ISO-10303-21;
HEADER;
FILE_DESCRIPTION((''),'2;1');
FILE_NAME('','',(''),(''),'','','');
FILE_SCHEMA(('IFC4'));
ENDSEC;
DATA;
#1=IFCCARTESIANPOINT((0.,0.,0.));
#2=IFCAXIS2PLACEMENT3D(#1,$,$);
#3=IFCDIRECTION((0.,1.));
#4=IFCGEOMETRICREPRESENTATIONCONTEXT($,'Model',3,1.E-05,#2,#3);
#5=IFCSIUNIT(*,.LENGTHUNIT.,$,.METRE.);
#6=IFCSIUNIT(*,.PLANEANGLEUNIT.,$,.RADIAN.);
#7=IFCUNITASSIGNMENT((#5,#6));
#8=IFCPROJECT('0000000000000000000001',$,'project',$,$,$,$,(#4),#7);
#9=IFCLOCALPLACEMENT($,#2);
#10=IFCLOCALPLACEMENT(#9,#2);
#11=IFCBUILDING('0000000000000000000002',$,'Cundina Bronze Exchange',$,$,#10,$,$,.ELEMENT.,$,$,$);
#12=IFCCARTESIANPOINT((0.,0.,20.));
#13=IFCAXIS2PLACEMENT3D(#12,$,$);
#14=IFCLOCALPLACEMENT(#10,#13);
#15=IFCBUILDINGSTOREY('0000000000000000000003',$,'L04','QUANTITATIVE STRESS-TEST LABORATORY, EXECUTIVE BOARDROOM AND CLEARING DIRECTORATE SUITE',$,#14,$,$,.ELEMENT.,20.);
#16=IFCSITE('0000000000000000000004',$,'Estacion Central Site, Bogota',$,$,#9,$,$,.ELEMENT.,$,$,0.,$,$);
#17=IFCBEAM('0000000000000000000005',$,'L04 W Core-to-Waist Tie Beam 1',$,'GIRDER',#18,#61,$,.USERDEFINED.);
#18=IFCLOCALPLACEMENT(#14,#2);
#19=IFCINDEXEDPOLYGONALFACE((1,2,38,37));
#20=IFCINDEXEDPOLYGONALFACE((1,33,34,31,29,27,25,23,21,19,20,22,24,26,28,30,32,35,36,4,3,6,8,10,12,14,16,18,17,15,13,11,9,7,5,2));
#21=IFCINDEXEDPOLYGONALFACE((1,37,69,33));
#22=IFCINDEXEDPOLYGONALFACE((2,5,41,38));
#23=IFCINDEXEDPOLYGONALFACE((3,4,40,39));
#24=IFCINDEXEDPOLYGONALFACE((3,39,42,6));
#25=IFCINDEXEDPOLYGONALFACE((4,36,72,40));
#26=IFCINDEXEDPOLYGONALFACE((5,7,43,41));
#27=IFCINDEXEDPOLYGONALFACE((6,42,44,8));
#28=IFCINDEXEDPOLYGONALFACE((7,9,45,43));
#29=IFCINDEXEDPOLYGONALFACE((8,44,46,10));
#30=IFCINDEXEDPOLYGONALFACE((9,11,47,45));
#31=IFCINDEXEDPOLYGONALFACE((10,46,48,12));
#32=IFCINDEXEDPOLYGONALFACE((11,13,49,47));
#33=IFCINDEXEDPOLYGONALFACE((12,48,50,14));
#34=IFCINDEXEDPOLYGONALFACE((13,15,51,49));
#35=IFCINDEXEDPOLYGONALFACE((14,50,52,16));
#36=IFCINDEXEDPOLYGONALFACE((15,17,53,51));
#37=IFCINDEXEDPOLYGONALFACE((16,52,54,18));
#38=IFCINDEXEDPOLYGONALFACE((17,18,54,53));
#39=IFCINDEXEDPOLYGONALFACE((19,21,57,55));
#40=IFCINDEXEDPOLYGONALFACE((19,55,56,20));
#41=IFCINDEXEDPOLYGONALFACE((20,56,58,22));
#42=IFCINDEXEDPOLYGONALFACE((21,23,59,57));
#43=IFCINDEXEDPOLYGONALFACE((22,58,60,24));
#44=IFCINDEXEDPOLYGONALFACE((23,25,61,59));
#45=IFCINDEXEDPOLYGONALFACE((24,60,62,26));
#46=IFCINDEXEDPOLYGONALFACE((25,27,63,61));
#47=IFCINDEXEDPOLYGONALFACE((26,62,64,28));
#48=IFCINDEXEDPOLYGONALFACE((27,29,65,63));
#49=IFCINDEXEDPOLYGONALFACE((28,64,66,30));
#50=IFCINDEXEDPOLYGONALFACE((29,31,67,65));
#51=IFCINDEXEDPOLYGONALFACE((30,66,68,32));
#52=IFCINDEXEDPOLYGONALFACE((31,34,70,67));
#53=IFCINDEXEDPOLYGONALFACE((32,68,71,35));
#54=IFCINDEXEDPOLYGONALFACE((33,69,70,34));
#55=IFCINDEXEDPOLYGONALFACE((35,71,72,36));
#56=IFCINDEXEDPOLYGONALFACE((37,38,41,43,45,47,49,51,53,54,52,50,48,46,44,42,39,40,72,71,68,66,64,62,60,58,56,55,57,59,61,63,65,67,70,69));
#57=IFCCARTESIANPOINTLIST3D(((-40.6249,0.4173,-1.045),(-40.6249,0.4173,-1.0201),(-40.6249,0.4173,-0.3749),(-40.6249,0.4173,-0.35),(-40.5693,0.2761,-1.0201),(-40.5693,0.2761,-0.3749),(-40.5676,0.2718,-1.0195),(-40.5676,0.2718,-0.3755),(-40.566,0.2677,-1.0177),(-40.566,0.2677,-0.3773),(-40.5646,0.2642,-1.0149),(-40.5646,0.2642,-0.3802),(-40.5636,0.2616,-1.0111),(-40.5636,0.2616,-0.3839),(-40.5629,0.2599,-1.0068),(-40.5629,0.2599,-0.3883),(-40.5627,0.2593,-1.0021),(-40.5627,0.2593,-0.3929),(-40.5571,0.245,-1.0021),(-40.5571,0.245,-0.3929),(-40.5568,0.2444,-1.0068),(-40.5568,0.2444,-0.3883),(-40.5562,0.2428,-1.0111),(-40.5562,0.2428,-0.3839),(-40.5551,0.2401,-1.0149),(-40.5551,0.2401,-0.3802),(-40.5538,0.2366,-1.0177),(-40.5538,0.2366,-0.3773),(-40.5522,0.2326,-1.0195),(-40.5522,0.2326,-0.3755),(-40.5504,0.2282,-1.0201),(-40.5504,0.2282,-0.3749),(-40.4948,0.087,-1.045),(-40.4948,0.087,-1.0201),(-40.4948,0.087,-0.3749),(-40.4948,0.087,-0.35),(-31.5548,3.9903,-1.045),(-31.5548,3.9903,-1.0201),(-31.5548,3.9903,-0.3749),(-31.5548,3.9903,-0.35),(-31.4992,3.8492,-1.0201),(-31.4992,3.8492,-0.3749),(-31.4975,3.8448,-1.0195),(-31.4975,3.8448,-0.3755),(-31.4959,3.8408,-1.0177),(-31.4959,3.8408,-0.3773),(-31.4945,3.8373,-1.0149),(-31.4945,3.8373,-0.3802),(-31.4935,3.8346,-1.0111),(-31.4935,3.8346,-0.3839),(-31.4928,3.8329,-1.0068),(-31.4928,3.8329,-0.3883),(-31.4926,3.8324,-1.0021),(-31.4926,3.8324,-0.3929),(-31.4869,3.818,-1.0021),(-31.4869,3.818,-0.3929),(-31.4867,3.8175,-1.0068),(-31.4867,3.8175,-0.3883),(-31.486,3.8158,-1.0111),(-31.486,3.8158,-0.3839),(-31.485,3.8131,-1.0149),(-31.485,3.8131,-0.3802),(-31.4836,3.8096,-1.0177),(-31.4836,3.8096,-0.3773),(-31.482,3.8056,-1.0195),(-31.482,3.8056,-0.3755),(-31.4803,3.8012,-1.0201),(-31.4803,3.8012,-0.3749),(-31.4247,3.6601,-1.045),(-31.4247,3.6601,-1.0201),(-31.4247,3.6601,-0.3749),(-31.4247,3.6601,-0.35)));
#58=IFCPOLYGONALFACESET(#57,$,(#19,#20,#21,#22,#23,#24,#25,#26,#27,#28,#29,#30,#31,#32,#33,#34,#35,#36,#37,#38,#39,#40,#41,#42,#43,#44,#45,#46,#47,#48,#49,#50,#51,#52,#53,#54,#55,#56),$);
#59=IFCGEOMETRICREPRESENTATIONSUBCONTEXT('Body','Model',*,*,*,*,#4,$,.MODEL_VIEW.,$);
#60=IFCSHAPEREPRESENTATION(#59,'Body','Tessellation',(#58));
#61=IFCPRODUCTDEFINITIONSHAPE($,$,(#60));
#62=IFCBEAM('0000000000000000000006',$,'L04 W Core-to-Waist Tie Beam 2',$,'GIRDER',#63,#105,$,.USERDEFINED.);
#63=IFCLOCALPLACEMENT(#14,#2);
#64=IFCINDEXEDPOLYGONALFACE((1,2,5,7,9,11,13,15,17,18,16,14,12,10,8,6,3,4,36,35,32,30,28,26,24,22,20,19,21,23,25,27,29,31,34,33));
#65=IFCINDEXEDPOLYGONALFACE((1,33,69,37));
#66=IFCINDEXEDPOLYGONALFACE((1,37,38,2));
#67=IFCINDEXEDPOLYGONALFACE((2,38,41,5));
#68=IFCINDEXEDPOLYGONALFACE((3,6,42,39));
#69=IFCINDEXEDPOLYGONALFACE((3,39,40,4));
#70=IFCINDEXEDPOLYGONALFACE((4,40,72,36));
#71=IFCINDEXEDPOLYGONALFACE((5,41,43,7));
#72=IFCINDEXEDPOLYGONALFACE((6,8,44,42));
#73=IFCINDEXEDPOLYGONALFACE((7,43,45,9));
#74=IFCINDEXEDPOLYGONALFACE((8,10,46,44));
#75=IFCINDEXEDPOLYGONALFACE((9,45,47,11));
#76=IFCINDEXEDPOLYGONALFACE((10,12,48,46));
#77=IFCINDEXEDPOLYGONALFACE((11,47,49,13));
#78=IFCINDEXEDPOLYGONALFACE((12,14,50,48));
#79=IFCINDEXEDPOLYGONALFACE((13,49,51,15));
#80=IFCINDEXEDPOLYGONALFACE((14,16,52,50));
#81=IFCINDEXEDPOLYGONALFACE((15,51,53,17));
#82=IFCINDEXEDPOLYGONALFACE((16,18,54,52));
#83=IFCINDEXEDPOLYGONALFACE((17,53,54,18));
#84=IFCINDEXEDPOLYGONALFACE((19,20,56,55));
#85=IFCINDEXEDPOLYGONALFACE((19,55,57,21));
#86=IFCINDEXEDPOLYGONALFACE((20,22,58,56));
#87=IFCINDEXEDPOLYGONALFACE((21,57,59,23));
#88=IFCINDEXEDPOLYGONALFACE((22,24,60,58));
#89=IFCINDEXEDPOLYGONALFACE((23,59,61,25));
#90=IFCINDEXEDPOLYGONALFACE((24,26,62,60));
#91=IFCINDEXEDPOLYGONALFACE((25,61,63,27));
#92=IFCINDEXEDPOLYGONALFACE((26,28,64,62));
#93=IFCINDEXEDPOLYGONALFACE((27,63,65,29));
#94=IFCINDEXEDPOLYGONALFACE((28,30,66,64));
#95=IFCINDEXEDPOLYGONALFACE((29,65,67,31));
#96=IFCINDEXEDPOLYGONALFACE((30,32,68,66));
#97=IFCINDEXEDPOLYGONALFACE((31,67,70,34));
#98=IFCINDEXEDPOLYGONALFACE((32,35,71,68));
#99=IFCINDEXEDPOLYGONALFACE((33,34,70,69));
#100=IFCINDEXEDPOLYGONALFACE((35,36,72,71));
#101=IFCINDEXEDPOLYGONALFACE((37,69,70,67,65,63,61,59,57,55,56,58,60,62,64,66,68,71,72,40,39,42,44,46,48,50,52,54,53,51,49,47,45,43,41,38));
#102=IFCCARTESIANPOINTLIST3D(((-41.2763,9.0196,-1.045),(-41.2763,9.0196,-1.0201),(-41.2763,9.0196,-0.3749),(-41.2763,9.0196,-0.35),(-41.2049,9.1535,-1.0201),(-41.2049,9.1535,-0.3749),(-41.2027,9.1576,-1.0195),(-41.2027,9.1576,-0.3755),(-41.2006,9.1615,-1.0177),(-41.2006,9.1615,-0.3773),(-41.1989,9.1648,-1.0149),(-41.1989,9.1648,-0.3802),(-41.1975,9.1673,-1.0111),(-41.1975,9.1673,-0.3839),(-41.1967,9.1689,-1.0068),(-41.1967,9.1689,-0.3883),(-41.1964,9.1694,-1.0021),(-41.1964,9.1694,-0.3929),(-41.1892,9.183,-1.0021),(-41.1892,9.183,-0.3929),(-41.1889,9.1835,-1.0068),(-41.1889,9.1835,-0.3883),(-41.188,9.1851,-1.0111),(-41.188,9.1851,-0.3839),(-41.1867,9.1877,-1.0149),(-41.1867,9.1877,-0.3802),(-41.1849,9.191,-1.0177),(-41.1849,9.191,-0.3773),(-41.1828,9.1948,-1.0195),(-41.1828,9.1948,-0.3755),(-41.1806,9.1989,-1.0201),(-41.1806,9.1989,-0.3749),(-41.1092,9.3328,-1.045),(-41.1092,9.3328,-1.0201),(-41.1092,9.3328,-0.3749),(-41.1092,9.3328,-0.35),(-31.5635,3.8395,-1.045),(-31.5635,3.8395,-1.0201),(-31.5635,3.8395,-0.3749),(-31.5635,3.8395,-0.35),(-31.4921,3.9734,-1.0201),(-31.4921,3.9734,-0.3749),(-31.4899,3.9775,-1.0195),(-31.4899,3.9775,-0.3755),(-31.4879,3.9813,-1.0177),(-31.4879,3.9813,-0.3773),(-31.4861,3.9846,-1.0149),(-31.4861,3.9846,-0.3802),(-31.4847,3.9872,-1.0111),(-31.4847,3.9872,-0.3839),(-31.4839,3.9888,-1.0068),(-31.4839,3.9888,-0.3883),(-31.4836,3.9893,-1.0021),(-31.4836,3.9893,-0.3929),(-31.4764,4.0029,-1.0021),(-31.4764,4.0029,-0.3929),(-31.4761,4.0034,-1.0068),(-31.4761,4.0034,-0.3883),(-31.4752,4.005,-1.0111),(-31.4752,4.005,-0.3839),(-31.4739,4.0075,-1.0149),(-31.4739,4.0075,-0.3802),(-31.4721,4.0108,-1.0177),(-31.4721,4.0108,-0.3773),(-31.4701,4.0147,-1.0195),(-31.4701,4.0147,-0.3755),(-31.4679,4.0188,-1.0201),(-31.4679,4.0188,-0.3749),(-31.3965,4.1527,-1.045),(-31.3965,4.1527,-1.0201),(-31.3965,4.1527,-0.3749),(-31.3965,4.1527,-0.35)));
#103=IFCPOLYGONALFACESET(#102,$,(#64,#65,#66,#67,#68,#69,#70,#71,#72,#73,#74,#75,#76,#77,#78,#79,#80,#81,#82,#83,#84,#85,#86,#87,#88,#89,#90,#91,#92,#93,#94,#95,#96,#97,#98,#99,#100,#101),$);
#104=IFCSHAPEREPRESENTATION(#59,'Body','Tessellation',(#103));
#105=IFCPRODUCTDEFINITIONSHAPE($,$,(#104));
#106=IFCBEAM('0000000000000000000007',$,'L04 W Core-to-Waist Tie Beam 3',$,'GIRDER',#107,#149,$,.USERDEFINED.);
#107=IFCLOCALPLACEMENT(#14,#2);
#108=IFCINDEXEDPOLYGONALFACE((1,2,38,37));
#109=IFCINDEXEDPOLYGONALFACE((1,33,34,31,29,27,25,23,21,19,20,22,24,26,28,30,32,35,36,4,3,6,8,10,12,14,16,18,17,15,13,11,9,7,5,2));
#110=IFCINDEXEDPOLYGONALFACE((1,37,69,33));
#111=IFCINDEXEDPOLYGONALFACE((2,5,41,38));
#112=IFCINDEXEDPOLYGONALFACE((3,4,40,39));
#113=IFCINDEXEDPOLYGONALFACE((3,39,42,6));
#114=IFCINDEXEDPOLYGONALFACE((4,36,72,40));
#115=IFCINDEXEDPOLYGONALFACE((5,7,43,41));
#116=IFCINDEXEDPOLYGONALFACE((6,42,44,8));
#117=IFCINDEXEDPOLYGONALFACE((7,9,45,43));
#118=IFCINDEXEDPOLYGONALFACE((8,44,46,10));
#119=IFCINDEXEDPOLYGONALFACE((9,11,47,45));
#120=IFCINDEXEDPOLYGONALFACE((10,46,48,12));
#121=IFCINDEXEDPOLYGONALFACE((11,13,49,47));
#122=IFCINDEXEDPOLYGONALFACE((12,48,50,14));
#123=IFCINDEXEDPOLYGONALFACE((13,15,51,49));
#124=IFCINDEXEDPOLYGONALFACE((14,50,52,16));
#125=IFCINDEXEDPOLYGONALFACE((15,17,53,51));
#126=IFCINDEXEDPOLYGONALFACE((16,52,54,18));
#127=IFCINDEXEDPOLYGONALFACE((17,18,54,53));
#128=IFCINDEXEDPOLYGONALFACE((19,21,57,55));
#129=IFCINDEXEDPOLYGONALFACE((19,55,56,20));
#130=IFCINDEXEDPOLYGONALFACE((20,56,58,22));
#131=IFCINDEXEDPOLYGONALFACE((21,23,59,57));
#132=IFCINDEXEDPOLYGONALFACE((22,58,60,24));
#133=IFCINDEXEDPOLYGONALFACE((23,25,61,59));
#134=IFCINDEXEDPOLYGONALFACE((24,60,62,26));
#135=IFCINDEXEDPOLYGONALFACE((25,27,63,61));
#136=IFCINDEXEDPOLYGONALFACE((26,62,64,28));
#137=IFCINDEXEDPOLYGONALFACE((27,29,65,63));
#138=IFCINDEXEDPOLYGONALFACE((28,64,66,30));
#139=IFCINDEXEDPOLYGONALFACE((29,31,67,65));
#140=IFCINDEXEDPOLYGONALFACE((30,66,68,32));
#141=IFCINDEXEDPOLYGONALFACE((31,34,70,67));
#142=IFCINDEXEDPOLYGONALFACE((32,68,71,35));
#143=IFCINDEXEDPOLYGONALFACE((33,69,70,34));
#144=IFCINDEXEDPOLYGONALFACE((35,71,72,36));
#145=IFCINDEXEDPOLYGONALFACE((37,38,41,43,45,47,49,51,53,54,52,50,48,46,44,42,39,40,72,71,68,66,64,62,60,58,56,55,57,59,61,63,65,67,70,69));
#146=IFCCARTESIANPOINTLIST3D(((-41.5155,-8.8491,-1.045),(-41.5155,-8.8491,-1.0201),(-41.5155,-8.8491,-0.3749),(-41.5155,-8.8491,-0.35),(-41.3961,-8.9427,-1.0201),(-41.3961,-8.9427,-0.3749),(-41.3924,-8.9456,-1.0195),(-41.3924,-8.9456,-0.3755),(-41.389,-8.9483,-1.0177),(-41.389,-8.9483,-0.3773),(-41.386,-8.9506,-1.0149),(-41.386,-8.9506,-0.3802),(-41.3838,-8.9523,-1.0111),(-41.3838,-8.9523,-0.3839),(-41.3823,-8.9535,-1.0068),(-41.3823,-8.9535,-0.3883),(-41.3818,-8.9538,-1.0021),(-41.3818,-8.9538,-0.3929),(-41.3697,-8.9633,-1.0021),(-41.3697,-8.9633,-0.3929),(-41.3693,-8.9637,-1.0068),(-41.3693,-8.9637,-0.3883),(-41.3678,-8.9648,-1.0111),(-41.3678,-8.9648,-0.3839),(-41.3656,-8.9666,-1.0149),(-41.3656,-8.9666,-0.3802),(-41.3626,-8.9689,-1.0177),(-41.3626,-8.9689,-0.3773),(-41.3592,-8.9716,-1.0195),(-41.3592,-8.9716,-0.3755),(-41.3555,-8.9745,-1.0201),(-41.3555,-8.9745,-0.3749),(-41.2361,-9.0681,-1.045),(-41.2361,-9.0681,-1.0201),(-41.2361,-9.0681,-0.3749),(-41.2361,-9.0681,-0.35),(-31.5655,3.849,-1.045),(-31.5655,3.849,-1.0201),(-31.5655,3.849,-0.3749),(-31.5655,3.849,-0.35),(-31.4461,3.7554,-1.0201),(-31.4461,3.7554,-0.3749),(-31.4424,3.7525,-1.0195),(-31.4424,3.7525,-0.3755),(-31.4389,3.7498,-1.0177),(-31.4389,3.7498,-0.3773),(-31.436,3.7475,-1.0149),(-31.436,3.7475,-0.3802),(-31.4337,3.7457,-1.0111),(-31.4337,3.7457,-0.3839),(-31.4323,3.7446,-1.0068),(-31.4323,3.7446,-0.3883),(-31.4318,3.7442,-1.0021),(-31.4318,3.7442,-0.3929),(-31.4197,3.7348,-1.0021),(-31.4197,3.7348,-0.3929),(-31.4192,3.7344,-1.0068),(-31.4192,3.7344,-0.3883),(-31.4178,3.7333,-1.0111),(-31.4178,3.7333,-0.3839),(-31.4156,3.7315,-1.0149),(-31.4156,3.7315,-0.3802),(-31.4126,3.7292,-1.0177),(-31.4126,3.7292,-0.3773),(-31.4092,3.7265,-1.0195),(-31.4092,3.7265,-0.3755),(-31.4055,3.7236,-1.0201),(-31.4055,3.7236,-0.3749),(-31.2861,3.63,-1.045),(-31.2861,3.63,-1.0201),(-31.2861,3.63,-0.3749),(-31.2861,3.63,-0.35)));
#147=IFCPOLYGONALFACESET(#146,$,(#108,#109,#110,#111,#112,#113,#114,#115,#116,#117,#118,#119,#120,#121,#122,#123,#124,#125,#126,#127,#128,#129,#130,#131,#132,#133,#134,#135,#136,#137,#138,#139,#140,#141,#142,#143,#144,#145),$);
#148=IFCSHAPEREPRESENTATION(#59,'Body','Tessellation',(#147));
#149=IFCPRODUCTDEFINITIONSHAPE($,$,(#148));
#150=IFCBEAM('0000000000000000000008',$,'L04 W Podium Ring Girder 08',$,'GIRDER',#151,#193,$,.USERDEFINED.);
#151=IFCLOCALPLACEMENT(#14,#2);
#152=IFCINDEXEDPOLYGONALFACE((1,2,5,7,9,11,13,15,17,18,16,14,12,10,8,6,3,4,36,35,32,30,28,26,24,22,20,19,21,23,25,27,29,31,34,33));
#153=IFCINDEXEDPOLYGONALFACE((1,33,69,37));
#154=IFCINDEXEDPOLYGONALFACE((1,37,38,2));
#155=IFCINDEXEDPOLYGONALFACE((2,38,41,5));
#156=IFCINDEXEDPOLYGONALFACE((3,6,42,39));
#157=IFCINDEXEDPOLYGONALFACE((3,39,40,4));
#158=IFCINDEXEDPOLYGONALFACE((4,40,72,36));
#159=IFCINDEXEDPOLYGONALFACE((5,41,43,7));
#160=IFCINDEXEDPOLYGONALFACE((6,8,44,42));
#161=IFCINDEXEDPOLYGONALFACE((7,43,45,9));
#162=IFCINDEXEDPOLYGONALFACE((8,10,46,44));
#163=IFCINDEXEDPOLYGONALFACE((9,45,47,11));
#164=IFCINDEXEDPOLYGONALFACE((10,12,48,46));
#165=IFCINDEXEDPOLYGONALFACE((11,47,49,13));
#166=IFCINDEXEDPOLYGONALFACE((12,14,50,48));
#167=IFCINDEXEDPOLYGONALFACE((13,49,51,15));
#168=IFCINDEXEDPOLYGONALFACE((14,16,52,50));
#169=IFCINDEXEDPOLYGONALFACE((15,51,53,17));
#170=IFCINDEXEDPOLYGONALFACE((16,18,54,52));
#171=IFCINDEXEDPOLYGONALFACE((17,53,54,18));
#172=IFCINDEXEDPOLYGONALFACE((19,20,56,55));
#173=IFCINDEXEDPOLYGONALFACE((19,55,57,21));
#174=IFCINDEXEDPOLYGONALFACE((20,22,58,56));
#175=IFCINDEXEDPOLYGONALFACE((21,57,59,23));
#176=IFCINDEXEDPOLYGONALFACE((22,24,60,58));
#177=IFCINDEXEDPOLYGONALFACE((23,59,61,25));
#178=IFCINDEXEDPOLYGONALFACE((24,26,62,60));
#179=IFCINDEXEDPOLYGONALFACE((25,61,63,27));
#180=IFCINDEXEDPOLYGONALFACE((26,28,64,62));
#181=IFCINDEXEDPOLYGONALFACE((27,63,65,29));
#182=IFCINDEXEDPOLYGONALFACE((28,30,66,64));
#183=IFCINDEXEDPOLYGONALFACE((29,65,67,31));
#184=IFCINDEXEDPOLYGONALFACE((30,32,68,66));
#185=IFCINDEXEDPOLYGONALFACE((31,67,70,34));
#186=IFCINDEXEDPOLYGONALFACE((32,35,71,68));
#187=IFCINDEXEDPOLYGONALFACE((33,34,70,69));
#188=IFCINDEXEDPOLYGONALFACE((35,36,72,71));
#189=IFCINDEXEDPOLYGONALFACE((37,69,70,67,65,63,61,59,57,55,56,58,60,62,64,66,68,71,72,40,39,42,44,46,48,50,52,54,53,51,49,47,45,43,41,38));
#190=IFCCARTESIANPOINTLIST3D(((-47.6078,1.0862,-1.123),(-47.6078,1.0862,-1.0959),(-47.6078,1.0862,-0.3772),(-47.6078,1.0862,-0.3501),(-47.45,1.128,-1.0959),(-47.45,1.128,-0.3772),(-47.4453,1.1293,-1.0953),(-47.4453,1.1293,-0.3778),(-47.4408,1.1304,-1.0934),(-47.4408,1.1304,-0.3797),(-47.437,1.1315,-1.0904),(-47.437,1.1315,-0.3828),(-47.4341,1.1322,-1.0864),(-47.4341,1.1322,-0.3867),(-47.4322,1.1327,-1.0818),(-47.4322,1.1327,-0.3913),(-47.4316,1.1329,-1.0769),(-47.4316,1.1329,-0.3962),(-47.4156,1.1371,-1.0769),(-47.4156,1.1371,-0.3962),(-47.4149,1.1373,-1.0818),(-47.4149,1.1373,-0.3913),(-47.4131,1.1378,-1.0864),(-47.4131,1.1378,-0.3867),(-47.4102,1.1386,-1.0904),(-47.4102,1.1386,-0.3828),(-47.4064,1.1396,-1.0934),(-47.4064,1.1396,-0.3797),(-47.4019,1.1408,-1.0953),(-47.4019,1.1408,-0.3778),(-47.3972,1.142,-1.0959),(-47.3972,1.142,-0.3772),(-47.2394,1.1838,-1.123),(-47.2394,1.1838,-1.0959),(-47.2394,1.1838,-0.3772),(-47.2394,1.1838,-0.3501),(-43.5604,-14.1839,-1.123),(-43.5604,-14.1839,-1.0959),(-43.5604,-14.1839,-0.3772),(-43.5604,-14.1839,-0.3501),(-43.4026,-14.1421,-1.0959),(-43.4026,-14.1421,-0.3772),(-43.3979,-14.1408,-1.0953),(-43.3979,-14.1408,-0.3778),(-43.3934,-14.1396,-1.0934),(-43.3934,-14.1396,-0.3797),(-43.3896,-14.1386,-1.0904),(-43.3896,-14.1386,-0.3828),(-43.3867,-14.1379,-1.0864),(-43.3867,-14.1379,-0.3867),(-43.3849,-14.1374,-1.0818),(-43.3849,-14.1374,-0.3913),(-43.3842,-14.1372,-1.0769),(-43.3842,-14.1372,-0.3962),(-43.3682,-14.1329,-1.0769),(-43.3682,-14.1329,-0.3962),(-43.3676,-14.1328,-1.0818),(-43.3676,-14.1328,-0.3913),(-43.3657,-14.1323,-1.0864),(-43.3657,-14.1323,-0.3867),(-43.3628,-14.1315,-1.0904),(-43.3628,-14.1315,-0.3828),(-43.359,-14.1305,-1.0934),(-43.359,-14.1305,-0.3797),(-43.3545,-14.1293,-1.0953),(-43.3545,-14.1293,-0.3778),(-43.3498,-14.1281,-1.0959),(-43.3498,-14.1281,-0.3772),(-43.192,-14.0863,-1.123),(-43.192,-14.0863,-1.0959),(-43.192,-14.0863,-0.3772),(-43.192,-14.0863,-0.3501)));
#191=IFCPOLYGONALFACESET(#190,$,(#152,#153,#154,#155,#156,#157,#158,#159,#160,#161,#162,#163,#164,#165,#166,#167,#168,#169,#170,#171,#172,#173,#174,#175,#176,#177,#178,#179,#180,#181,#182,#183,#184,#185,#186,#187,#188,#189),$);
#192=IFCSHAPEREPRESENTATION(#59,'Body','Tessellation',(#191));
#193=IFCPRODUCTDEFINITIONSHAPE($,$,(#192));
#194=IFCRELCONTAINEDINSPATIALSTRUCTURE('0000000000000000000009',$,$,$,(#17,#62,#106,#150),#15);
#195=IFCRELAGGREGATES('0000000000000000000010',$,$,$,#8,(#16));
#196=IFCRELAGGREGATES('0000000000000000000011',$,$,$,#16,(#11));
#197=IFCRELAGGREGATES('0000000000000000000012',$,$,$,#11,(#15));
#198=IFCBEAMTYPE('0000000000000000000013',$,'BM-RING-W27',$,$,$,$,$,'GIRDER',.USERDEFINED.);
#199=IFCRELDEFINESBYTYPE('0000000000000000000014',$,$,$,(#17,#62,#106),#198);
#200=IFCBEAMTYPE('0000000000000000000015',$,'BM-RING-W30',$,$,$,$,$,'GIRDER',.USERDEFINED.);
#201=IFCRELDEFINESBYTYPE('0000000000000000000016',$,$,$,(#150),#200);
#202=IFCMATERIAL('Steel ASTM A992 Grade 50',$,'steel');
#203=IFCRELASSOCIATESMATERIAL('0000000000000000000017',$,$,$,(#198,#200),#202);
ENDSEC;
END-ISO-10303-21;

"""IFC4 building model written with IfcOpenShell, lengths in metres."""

from ifc_helpers import new_model, si_unit, direction, frame, origin, origin_2d, place, context, subcontext, project, spatial, i_section, extrude, material, material_profile, profile_set, type_object, element, save


model = new_model("IFC4")

# Units and contexts
model_context = context("Model", 3, precision=1e-05, world=origin(), true_north=direction((0.0, 1.0)))
body_context = subcontext(model_context, "Body", "Model", "MODEL_VIEW")
ifc_project = project(units=[si_unit("LENGTHUNIT", "METRE"), si_unit("PLANEANGLEUNIT", "RADIAN")], contexts=[model_context])

# Site, building, storey
site_placement = place(None, origin())
site = spatial("IfcSite", under=ifc_project, at=site_placement, Name="Estacion Central Site, Bogota", CompositionType="ELEMENT", RefElevation=0.0)
building_placement = place(site_placement, origin())
building = spatial("IfcBuilding", under=site, at=building_placement, Name="Cundina Bronze Exchange", CompositionType="ELEMENT")
storey_placement = place(building_placement, frame((0.0, 0.0, 20.0)))
storey = spatial("IfcBuildingStorey", under=building, at=storey_placement, Name="L04", Description="QUANTITATIVE STRESS-TEST LABORATORY, EXECUTIVE BOARDROOM AND CLEARING DIRECTORATE SUITE", CompositionType="ELEMENT", Elevation=20.0)

# Shared definitions
ifc_material_1 = material(Name="Steel ASTM A992 Grade 50", Category="steel")

# Beams
ifc_material_profile_1 = material_profile(ifc_material_1, i_section(OverallWidth=0.355, OverallDepth=0.6951, WebThickness=0.0154, FlangeThickness=0.0249, FilletRadius=0.0181, at=origin_2d()), Name="W27X146", Category="steel")
ifc_profile_set_1 = profile_set([ifc_material_profile_1], Name="Steel ASTM A992 Grade 50")
beam_type_1 = type_object("IfcBeamType", Name="BM-RING-W27", ElementType="GIRDER", PredefinedType="USERDEFINED", material=ifc_profile_set_1)
beam_1_placement = place(storey_placement, frame((-31.4897, 3.8252, -0.6975), z_axis=(-0.93041, -0.366519, 0.0), x_axis=(0.366519, -0.93041, 0.0)))
element("IfcBeam", 1, at=beam_1_placement, inside=storey, type_object=beam_type_1, Name="L04 W Core-to-Waist Tie Beam 1", ObjectType="GIRDER", PredefinedType="USERDEFINED", context=body_context, shape_type="SweptSolid", body=[
    extrude(i_section(OverallWidth=0.355, OverallDepth=0.6951, WebThickness=0.0154, FlangeThickness=0.0249, FilletRadius=0.0181, at=origin_2d()), origin(), (0.0, 0.0, 1.0), 9.7485),
])
beam_2_placement = place(storey_placement, frame((-31.48, 3.9961, -0.6975), z_axis=(-0.882354, 0.470586, 0.0), x_axis=(-0.470586, -0.882354, 0.0)))
element("IfcBeam", 2, at=beam_2_placement, inside=storey, type_object=beam_type_1, Name="L04 W Core-to-Waist Tie Beam 2", ObjectType="GIRDER", PredefinedType="USERDEFINED", context=body_context, shape_type="SweptSolid", body=[
    extrude(i_section(OverallWidth=0.355, OverallDepth=0.6951, WebThickness=0.0154, FlangeThickness=0.0249, FilletRadius=0.0181, at=origin_2d()), origin(), (0.0, 0.0, 1.0), 11.0078),
])
beam_3_placement = place(storey_placement, frame((-31.4258, 3.7395, -0.6975), z_axis=(-0.616784, -0.787132, 0.0), x_axis=(0.787132, -0.616784, 0.0)))
element("IfcBeam", 3, at=beam_3_placement, inside=storey, type_object=beam_type_1, Name="L04 W Core-to-Waist Tie Beam 3", ObjectType="GIRDER", PredefinedType="USERDEFINED", context=body_context, shape_type="SweptSolid", body=[
    extrude(i_section(OverallWidth=0.355, OverallDepth=0.6951, WebThickness=0.0154, FlangeThickness=0.0249, FilletRadius=0.0181, at=origin_2d()), origin(), (0.0, 0.0, 1.0), 16.1321),
])
ifc_material_profile_2 = material_profile(ifc_material_1, i_section(OverallWidth=0.3811, OverallDepth=0.7729, WebThickness=0.0166, FlangeThickness=0.0271, FilletRadius=0.019, at=origin_2d()), Name="W30X173", Category="steel")
ifc_profile_set_2 = profile_set([ifc_material_profile_2], Name="Steel ASTM A992 Grade 50")
beam_type_2 = type_object("IfcBeamType", Name="BM-RING-W30", ElementType="GIRDER", PredefinedType="USERDEFINED", material=ifc_profile_set_2)
beam_4_placement = place(storey_placement, frame((-47.4236, 1.135, -0.7366), z_axis=(0.256206, -0.966622, 0.0), x_axis=(0.966622, 0.256206, 0.0)))
element("IfcBeam", 4, at=beam_4_placement, inside=storey, type_object=beam_type_2, Name="L04 W Podium Ring Girder 08", ObjectType="GIRDER", PredefinedType="USERDEFINED", context=body_context, shape_type="SweptSolid", body=[
    extrude(i_section(OverallWidth=0.3811, OverallDepth=0.7729, WebThickness=0.0166, FlangeThickness=0.0271, FilletRadius=0.019, at=origin_2d()), origin(), (0.0, 0.0, 1.0), 15.7974),
])

save(model, "model.ifc")
